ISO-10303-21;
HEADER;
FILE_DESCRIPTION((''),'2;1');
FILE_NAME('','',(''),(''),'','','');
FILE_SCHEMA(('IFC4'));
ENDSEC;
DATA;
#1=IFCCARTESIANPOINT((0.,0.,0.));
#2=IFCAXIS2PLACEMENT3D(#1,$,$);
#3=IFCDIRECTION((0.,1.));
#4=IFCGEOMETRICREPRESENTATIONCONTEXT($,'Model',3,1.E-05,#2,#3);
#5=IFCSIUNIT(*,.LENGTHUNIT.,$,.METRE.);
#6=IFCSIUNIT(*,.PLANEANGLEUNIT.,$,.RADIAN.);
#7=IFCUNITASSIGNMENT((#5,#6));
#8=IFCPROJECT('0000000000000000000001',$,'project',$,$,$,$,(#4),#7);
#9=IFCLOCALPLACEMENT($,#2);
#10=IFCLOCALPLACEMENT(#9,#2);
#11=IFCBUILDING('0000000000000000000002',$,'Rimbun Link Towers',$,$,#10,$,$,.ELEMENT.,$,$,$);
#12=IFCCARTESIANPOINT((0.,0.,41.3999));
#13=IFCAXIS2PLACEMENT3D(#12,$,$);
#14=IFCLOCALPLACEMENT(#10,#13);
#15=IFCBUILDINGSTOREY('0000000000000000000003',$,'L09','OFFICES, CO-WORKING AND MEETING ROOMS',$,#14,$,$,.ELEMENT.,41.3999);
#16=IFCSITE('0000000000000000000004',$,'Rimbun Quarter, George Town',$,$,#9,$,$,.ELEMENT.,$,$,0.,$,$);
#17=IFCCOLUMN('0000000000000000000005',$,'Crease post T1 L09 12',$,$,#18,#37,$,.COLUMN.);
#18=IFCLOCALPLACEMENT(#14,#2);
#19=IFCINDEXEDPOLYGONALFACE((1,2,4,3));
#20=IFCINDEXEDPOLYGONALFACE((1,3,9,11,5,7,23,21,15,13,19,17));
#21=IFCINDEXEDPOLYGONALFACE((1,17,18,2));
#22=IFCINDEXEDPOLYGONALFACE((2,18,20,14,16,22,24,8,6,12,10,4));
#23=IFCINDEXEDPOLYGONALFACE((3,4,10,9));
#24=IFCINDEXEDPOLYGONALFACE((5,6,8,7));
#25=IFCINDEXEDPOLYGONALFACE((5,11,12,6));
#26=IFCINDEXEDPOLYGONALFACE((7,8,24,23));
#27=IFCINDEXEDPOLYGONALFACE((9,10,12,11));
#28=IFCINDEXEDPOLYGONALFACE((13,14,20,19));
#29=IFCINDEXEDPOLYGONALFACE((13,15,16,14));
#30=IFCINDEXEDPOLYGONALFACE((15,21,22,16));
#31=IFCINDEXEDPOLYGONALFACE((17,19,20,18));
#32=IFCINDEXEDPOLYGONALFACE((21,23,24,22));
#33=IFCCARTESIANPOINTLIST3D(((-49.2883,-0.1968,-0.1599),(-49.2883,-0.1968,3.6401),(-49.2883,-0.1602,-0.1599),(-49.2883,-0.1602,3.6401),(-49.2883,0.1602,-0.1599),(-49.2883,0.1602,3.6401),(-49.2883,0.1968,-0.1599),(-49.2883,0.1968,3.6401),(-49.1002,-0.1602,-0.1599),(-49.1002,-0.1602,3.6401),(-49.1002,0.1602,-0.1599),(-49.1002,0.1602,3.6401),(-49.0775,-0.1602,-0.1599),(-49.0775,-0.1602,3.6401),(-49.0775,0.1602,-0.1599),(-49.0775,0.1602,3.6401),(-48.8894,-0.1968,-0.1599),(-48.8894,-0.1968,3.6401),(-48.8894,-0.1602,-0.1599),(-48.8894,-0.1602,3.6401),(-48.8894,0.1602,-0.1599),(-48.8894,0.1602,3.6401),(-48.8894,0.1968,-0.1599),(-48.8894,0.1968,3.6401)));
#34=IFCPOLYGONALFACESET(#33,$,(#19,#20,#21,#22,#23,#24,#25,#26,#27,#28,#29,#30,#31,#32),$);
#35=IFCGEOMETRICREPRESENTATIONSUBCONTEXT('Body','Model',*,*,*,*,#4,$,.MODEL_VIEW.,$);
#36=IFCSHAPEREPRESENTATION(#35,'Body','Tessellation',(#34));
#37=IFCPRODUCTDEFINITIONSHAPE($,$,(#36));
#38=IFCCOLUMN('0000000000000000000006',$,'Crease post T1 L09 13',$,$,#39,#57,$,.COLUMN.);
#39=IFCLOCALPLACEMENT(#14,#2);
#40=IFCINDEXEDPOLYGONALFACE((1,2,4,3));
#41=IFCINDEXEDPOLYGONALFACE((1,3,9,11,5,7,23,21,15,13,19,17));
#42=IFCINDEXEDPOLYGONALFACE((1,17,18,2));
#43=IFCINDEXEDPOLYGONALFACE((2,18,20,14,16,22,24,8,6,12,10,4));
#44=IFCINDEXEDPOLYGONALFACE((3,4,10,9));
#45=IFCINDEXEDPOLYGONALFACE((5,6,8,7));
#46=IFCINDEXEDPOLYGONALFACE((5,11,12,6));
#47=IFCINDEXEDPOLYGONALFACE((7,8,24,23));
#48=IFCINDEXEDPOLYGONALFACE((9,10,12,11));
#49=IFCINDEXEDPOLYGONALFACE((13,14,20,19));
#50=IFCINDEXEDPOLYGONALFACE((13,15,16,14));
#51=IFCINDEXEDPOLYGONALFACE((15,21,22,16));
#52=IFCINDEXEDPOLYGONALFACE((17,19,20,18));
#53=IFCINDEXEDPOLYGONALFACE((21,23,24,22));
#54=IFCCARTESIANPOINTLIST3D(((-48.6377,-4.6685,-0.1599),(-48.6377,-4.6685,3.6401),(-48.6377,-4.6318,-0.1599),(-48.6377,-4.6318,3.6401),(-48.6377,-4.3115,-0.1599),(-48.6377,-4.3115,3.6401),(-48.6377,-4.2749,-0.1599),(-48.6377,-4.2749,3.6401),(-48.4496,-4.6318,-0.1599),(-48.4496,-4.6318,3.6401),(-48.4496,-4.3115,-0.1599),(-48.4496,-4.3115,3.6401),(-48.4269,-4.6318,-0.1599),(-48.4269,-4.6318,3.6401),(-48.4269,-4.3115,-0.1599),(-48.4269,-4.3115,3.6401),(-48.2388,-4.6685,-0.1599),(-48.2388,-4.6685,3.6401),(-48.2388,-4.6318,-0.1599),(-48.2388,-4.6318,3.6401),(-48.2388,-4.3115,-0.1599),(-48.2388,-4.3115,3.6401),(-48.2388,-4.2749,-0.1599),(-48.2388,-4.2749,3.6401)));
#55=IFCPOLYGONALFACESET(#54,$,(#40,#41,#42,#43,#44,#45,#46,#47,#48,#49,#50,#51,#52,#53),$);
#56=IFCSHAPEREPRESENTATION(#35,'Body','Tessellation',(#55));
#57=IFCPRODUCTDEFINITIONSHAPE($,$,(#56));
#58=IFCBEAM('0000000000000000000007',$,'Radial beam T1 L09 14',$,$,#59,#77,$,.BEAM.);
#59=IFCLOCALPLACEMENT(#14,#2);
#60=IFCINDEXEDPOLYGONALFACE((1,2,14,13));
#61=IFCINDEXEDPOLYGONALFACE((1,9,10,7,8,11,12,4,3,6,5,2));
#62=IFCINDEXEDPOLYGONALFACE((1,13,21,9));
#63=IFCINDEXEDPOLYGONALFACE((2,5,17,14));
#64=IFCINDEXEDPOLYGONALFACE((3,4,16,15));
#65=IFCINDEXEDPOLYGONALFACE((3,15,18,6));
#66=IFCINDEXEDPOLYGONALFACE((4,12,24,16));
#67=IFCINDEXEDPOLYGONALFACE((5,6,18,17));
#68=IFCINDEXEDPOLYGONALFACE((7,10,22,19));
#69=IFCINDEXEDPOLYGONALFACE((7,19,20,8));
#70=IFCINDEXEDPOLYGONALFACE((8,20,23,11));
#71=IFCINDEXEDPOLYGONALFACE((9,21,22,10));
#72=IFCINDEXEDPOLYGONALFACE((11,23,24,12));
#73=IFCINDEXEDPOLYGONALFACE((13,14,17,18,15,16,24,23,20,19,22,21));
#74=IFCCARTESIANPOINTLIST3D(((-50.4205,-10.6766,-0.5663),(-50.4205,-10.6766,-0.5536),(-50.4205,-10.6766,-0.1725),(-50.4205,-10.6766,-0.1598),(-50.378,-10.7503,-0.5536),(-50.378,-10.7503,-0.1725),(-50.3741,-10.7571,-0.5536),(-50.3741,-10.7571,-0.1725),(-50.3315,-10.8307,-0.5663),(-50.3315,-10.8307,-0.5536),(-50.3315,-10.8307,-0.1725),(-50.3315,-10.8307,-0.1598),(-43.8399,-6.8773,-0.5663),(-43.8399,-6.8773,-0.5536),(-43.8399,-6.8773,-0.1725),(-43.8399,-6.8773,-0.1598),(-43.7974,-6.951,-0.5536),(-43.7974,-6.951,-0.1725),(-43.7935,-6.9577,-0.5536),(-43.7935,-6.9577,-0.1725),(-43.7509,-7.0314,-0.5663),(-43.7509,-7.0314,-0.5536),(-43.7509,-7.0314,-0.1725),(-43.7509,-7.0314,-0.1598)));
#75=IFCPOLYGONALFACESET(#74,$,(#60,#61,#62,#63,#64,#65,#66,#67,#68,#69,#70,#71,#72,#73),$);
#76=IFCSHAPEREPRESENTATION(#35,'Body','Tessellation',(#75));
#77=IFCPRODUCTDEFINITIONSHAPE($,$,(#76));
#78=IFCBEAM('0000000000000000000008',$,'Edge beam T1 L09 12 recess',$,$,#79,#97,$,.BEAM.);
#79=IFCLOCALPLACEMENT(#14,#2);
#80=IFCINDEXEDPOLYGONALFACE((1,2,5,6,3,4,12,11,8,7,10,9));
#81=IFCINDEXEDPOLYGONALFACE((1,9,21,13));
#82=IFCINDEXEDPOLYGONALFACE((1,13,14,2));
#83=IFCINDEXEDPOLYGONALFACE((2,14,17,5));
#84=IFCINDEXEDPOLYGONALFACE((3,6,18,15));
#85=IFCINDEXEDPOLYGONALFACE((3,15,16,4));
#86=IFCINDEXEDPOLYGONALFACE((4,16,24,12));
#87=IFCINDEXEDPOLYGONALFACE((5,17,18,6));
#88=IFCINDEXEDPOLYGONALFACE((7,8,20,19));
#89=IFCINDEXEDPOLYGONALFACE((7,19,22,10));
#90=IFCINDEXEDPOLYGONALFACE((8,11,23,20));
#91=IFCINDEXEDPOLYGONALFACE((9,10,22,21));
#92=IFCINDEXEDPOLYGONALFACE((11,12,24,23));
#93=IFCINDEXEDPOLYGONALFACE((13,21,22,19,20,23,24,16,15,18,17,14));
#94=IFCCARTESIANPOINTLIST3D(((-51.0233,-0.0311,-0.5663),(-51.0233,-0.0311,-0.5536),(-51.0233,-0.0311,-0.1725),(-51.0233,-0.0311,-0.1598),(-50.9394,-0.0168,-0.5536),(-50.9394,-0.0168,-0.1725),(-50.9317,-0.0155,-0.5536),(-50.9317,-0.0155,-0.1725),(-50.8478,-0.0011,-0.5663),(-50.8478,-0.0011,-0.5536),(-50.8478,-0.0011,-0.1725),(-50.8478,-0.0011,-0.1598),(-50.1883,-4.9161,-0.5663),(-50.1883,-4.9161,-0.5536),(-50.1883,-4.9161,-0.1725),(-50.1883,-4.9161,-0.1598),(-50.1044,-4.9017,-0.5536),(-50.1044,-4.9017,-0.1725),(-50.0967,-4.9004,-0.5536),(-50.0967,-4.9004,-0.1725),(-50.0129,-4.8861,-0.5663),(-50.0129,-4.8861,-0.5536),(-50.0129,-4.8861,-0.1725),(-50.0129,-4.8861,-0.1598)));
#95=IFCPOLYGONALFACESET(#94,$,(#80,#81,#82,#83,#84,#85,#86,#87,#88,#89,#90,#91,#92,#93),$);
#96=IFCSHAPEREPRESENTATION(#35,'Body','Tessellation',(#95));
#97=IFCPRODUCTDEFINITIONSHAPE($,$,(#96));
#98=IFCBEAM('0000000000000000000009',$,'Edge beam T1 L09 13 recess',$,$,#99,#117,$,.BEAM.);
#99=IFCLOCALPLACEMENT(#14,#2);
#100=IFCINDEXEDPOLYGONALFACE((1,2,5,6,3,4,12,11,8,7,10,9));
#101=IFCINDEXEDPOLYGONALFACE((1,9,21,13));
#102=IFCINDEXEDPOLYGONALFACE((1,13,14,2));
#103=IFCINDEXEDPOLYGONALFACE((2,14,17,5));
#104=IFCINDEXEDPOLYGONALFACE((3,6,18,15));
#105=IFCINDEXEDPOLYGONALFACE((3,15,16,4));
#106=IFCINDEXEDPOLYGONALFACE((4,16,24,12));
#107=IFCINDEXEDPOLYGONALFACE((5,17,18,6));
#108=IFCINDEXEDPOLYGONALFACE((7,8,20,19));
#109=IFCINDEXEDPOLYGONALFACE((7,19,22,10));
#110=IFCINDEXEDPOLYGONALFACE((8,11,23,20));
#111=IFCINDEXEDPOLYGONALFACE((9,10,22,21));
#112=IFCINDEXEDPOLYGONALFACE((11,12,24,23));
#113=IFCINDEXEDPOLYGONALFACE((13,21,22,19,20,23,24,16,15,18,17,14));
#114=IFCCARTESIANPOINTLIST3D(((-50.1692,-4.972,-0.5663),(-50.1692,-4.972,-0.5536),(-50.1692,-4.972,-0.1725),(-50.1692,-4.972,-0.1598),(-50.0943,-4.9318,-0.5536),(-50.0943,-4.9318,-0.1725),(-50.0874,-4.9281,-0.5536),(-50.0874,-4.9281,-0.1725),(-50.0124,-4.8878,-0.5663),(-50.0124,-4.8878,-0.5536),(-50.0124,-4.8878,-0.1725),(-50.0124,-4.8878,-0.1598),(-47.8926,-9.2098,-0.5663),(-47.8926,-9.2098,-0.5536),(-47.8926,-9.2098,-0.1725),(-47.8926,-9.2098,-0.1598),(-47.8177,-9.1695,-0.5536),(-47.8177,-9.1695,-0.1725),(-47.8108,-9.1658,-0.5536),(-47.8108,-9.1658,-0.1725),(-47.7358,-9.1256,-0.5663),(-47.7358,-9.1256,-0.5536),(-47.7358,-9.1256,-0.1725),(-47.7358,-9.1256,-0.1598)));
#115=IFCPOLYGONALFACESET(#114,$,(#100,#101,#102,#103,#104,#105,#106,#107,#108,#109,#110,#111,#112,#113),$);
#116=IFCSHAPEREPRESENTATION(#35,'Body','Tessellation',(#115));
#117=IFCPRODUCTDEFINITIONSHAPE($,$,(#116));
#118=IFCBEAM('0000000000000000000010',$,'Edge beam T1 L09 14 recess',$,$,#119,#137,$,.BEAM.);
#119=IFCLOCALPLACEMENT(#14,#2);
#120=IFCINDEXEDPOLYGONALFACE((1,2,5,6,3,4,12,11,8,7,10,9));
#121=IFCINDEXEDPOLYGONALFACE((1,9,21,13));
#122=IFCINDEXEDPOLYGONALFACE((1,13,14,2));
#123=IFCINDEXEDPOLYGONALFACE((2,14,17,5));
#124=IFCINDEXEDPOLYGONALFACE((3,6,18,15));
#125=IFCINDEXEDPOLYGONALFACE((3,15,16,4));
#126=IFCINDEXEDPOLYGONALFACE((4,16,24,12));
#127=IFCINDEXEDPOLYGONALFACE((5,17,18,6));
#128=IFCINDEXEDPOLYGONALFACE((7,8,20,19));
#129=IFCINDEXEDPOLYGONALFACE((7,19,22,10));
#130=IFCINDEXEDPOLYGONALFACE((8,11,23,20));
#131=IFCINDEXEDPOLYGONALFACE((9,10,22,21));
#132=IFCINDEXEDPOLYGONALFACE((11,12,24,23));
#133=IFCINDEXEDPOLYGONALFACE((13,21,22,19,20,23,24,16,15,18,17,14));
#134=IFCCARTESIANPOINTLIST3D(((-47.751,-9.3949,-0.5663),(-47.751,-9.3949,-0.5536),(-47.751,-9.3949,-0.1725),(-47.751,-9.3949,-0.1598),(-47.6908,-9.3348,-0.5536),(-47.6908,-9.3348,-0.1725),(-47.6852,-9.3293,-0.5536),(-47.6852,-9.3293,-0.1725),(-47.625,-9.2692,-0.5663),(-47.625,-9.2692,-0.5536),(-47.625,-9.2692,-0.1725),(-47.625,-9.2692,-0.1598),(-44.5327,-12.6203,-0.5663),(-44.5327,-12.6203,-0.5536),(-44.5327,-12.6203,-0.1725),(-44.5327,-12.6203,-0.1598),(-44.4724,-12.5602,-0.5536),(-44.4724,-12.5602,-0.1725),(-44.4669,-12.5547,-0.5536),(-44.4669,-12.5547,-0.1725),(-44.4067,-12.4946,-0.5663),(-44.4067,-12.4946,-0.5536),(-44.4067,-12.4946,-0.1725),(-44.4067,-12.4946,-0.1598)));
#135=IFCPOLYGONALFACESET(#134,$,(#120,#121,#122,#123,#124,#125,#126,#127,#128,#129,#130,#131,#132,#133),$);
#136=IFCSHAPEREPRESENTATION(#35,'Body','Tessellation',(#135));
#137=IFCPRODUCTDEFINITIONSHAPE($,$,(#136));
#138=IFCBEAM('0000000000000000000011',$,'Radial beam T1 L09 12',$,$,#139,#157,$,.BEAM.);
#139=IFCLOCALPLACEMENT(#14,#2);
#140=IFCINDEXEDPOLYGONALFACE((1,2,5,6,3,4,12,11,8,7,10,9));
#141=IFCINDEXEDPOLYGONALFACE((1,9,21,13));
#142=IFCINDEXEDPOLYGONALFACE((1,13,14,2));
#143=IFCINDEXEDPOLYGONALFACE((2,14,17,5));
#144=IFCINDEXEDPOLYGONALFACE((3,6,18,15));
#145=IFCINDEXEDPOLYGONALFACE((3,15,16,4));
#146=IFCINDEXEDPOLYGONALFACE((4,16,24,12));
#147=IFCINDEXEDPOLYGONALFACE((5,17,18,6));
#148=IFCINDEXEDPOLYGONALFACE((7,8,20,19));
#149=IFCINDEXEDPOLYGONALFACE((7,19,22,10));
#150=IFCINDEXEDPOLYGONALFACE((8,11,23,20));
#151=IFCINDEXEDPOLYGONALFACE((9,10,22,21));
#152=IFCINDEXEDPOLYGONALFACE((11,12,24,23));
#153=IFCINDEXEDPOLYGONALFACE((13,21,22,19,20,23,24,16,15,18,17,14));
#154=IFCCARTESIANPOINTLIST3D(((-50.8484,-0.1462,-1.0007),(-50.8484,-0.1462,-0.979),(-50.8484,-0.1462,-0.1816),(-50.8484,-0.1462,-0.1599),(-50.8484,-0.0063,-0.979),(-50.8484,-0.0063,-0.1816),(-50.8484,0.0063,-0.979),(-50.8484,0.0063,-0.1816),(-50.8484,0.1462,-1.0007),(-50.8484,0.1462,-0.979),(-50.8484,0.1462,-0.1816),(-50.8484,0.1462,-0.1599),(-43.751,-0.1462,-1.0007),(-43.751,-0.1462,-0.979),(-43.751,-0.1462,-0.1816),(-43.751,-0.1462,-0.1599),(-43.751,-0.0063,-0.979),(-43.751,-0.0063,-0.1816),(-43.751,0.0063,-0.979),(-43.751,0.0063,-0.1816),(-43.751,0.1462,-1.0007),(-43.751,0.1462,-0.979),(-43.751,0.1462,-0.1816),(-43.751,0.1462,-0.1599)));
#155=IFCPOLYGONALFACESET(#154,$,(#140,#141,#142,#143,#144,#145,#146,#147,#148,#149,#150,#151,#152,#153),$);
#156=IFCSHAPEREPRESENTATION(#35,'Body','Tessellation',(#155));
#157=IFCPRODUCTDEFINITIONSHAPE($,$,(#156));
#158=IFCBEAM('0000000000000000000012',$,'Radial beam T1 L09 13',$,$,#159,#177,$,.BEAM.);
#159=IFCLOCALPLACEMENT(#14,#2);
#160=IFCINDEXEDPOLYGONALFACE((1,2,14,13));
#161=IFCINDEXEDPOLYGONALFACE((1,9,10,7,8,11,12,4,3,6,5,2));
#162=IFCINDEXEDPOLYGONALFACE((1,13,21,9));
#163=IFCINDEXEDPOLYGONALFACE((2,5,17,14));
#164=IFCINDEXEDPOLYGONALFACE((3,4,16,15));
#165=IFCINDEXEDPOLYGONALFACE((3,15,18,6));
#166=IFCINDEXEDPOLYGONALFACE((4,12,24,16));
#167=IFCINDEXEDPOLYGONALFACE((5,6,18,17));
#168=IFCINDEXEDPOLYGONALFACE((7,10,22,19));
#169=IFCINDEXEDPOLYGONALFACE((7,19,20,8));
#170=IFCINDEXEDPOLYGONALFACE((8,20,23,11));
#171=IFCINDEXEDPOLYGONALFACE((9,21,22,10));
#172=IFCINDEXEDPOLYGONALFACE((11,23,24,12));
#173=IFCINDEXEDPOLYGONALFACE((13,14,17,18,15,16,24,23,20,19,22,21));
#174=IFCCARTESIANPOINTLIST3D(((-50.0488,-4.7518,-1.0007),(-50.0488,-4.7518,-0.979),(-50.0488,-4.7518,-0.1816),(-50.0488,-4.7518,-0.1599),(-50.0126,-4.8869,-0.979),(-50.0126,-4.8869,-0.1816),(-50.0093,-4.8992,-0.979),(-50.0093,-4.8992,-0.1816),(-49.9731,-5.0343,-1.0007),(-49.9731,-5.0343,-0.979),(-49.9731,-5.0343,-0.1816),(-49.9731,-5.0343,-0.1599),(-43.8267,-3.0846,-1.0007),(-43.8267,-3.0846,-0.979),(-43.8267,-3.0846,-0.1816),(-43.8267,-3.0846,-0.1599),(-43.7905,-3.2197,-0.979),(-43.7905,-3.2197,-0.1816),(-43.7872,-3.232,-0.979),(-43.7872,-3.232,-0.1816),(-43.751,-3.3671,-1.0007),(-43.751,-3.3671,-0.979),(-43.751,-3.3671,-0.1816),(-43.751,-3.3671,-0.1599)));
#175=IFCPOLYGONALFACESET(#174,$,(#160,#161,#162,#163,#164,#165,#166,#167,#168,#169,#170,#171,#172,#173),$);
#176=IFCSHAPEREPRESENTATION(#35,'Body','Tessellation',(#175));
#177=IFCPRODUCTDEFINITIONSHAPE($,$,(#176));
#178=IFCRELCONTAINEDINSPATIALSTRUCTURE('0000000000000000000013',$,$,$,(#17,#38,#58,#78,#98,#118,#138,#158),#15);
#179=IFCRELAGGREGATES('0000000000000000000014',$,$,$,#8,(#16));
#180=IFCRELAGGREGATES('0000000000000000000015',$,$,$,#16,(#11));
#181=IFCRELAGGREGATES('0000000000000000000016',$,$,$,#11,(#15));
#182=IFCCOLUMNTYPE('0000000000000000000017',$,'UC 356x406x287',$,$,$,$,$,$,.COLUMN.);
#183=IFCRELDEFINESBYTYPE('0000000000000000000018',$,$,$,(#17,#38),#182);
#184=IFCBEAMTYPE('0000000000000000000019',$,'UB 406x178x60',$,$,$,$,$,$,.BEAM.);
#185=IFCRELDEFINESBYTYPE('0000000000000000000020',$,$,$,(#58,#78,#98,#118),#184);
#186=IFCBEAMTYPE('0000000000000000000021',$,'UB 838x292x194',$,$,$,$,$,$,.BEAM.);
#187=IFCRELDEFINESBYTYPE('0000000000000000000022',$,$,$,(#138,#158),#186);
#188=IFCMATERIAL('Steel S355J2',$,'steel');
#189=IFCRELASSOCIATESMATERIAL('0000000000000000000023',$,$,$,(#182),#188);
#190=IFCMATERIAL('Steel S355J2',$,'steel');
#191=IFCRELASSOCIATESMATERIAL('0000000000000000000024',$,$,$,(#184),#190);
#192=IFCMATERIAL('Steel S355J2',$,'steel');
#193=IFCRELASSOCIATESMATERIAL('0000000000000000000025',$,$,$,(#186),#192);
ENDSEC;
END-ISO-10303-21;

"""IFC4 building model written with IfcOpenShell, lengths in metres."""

from ifc_helpers import new_model, si_unit, direction, frame, origin, origin_2d, place, context, subcontext, project, spatial, i_section, extrude, material, material_profile, profile_set, type_object, element, save


model = new_model("IFC4")

# Units and contexts
model_context = context("Model", 3, precision=1e-05, world=origin(), true_north=direction((0.0, 1.0)))
body_context = subcontext(model_context, "Body", "Model", "MODEL_VIEW")
ifc_project = project(units=[si_unit("LENGTHUNIT", "METRE"), si_unit("PLANEANGLEUNIT", "RADIAN")], contexts=[model_context])

# Site, building, storey
site_placement = place(None, origin())
site = spatial("IfcSite", under=ifc_project, at=site_placement, Name="Rimbun Quarter, George Town", CompositionType="ELEMENT", RefElevation=0.0)
building_placement = place(site_placement, origin())
building = spatial("IfcBuilding", under=site, at=building_placement, Name="Rimbun Link Towers", CompositionType="ELEMENT")
storey_placement = place(building_placement, frame((0.0, 0.0, 41.3999)))
storey = spatial("IfcBuildingStorey", under=building, at=storey_placement, Name="L09", Description="OFFICES, CO-WORKING AND MEETING ROOMS", CompositionType="ELEMENT", Elevation=41.3999)

# Columns
ifc_material_1 = material(Name="Steel S355J2", Category="steel")
ifc_material_profile_1 = material_profile(ifc_material_1, i_section(OverallWidth=0.3989, OverallDepth=0.3936, WebThickness=0.0227, FlangeThickness=0.0366, at=origin_2d()), Name="UC 356x406x287")
ifc_profile_set_1 = profile_set([ifc_material_profile_1], Name="Steel S355J2")
column_type = type_object("IfcColumnType", Name="UC 356x406x287", PredefinedType="COLUMN", material=ifc_profile_set_1)
for number, where, z_axis, x_axis, name in (
    (1, (-49.0889, 0.0, -0.1599), (0.0, 0.0, 1.0), (1.0, 0.0, 0.0), "Crease post T1 L09 12"),
    (2, (-48.4382, -4.4717, -0.1599), (0.0, 0.0, 1.0), (1.0, 0.0, 0.0), "Crease post T1 L09 13"),
):
    element("IfcColumn", number, at=place(storey_placement, frame(where, z_axis=z_axis, x_axis=x_axis)), inside=storey, type_object=column_type, Name=name, PredefinedType="COLUMN", context=body_context, shape_type="SweptSolid", body=[
        extrude(i_section(OverallWidth=0.3989, OverallDepth=0.3936, WebThickness=0.0227, FlangeThickness=0.0366, at=origin_2d()), origin(), (0.0, 0.0, 1.0), 3.8),
    ])

# Beams
ifc_material_2 = material(Name="Steel S355J2", Category="steel")
ifc_material_profile_2 = material_profile(ifc_material_2, i_section(OverallWidth=0.178, OverallDepth=0.4065, WebThickness=0.0078, FlangeThickness=0.0127, at=origin_2d()), Name="UB 406x178x60")
ifc_profile_set_2 = profile_set([ifc_material_profile_2], Name="Steel S355J2")
beam_type_1 = type_object("IfcBeamType", Name="UB 406x178x60", PredefinedType="BEAM", material=ifc_profile_set_2)
beam_1_placement = place(storey_placement, frame((-43.7954, -6.9543, -0.363), z_axis=(-0.866024, -0.500002, 0.0), x_axis=(0.500002, -0.866024, 0.0)))
element("IfcBeam", 3, at=beam_1_placement, inside=storey, type_object=beam_type_1, Name="Radial beam T1 L09 14", PredefinedType="BEAM", context=body_context, shape_type="SweptSolid", body=[
    extrude(i_section(OverallWidth=0.178, OverallDepth=0.4065, WebThickness=0.0078, FlangeThickness=0.0127, at=origin_2d()), origin(), (0.0, 0.0, 1.0), 7.5986),
])
beam_2_placement = place(storey_placement, frame((-50.9355, -0.0161, -0.363), z_axis=(0.16848, -0.985705, 0.0), x_axis=(0.985705, 0.16848, 0.0)))
element("IfcBeam", 4, at=beam_2_placement, inside=storey, type_object=beam_type_1, Name="Edge beam T1 L09 12 recess", PredefinedType="BEAM", context=body_context, shape_type="SweptSolid", body=[
    extrude(i_section(OverallWidth=0.178, OverallDepth=0.4065, WebThickness=0.0078, FlangeThickness=0.0127, at=origin_2d()), origin(), (0.0, 0.0, 1.0), 4.9558),
])
beam_3_placement = place(storey_placement, frame((-50.0908, -4.9299, -0.363), z_axis=(0.473249, -0.880929, 0.0), x_axis=(0.880929, 0.473249, 0.0)))
element("IfcBeam", 5, at=beam_3_placement, inside=storey, type_object=beam_type_1, Name="Edge beam T1 L09 13 recess", PredefinedType="BEAM", context=body_context, shape_type="SweptSolid", body=[
    extrude(i_section(OverallWidth=0.178, OverallDepth=0.4065, WebThickness=0.0078, FlangeThickness=0.0127, at=origin_2d()), origin(), (0.0, 0.0, 1.0), 4.8105),
])
beam_4_placement = place(storey_placement, frame((-47.688, -9.332, -0.363), z_axis=(0.706329, -0.707883, 0.0), x_axis=(0.707883, 0.706329, 0.0)))
element("IfcBeam", 6, at=beam_4_placement, inside=storey, type_object=beam_type_1, Name="Edge beam T1 L09 14 recess", PredefinedType="BEAM", context=body_context, shape_type="SweptSolid", body=[
    extrude(i_section(OverallWidth=0.178, OverallDepth=0.4065, WebThickness=0.0078, FlangeThickness=0.0127, at=origin_2d()), origin(), (0.0, 0.0, 1.0), 4.5564),
])
ifc_material_3 = material(Name="Steel S355J2", Category="steel")
ifc_material_profile_3 = material_profile(ifc_material_3, i_section(OverallWidth=0.2925, OverallDepth=0.8408, WebThickness=0.0127, FlangeThickness=0.0217, at=origin_2d()), Name="UB 838x292x194")
ifc_profile_set_3 = profile_set([ifc_material_profile_3], Name="Steel S355J2")
beam_type_2 = type_object("IfcBeamType", Name="UB 838x292x194", PredefinedType="BEAM", material=ifc_profile_set_3)
beam_5_placement = place(storey_placement, frame((-43.751, 0.0, -0.5803), z_axis=(-1.0, 0.0, 0.0), x_axis=(0.0, -1.0, 0.0)))
element("IfcBeam", 7, at=beam_5_placement, inside=storey, type_object=beam_type_2, Name="Radial beam T1 L09 12", PredefinedType="BEAM", context=body_context, shape_type="SweptSolid", body=[
    extrude(i_section(OverallWidth=0.2925, OverallDepth=0.8408, WebThickness=0.0127, FlangeThickness=0.0217, at=origin_2d()), origin(), (0.0, 0.0, 1.0), 7.0974),
])
beam_6_placement = place(storey_placement, frame((-43.7888, -3.2258, -0.5803), z_axis=(-0.965925, -0.258821, 0.0), x_axis=(0.258821, -0.965925, 0.0)))
element("IfcBeam", 8, at=beam_6_placement, inside=storey, type_object=beam_type_2, Name="Radial beam T1 L09 13", PredefinedType="BEAM", context=body_context, shape_type="SweptSolid", body=[
    extrude(i_section(OverallWidth=0.2925, OverallDepth=0.8408, WebThickness=0.0127, FlangeThickness=0.0217, at=origin_2d()), origin(), (0.0, 0.0, 1.0), 6.4417),
])

save(model, "model.ifc")
